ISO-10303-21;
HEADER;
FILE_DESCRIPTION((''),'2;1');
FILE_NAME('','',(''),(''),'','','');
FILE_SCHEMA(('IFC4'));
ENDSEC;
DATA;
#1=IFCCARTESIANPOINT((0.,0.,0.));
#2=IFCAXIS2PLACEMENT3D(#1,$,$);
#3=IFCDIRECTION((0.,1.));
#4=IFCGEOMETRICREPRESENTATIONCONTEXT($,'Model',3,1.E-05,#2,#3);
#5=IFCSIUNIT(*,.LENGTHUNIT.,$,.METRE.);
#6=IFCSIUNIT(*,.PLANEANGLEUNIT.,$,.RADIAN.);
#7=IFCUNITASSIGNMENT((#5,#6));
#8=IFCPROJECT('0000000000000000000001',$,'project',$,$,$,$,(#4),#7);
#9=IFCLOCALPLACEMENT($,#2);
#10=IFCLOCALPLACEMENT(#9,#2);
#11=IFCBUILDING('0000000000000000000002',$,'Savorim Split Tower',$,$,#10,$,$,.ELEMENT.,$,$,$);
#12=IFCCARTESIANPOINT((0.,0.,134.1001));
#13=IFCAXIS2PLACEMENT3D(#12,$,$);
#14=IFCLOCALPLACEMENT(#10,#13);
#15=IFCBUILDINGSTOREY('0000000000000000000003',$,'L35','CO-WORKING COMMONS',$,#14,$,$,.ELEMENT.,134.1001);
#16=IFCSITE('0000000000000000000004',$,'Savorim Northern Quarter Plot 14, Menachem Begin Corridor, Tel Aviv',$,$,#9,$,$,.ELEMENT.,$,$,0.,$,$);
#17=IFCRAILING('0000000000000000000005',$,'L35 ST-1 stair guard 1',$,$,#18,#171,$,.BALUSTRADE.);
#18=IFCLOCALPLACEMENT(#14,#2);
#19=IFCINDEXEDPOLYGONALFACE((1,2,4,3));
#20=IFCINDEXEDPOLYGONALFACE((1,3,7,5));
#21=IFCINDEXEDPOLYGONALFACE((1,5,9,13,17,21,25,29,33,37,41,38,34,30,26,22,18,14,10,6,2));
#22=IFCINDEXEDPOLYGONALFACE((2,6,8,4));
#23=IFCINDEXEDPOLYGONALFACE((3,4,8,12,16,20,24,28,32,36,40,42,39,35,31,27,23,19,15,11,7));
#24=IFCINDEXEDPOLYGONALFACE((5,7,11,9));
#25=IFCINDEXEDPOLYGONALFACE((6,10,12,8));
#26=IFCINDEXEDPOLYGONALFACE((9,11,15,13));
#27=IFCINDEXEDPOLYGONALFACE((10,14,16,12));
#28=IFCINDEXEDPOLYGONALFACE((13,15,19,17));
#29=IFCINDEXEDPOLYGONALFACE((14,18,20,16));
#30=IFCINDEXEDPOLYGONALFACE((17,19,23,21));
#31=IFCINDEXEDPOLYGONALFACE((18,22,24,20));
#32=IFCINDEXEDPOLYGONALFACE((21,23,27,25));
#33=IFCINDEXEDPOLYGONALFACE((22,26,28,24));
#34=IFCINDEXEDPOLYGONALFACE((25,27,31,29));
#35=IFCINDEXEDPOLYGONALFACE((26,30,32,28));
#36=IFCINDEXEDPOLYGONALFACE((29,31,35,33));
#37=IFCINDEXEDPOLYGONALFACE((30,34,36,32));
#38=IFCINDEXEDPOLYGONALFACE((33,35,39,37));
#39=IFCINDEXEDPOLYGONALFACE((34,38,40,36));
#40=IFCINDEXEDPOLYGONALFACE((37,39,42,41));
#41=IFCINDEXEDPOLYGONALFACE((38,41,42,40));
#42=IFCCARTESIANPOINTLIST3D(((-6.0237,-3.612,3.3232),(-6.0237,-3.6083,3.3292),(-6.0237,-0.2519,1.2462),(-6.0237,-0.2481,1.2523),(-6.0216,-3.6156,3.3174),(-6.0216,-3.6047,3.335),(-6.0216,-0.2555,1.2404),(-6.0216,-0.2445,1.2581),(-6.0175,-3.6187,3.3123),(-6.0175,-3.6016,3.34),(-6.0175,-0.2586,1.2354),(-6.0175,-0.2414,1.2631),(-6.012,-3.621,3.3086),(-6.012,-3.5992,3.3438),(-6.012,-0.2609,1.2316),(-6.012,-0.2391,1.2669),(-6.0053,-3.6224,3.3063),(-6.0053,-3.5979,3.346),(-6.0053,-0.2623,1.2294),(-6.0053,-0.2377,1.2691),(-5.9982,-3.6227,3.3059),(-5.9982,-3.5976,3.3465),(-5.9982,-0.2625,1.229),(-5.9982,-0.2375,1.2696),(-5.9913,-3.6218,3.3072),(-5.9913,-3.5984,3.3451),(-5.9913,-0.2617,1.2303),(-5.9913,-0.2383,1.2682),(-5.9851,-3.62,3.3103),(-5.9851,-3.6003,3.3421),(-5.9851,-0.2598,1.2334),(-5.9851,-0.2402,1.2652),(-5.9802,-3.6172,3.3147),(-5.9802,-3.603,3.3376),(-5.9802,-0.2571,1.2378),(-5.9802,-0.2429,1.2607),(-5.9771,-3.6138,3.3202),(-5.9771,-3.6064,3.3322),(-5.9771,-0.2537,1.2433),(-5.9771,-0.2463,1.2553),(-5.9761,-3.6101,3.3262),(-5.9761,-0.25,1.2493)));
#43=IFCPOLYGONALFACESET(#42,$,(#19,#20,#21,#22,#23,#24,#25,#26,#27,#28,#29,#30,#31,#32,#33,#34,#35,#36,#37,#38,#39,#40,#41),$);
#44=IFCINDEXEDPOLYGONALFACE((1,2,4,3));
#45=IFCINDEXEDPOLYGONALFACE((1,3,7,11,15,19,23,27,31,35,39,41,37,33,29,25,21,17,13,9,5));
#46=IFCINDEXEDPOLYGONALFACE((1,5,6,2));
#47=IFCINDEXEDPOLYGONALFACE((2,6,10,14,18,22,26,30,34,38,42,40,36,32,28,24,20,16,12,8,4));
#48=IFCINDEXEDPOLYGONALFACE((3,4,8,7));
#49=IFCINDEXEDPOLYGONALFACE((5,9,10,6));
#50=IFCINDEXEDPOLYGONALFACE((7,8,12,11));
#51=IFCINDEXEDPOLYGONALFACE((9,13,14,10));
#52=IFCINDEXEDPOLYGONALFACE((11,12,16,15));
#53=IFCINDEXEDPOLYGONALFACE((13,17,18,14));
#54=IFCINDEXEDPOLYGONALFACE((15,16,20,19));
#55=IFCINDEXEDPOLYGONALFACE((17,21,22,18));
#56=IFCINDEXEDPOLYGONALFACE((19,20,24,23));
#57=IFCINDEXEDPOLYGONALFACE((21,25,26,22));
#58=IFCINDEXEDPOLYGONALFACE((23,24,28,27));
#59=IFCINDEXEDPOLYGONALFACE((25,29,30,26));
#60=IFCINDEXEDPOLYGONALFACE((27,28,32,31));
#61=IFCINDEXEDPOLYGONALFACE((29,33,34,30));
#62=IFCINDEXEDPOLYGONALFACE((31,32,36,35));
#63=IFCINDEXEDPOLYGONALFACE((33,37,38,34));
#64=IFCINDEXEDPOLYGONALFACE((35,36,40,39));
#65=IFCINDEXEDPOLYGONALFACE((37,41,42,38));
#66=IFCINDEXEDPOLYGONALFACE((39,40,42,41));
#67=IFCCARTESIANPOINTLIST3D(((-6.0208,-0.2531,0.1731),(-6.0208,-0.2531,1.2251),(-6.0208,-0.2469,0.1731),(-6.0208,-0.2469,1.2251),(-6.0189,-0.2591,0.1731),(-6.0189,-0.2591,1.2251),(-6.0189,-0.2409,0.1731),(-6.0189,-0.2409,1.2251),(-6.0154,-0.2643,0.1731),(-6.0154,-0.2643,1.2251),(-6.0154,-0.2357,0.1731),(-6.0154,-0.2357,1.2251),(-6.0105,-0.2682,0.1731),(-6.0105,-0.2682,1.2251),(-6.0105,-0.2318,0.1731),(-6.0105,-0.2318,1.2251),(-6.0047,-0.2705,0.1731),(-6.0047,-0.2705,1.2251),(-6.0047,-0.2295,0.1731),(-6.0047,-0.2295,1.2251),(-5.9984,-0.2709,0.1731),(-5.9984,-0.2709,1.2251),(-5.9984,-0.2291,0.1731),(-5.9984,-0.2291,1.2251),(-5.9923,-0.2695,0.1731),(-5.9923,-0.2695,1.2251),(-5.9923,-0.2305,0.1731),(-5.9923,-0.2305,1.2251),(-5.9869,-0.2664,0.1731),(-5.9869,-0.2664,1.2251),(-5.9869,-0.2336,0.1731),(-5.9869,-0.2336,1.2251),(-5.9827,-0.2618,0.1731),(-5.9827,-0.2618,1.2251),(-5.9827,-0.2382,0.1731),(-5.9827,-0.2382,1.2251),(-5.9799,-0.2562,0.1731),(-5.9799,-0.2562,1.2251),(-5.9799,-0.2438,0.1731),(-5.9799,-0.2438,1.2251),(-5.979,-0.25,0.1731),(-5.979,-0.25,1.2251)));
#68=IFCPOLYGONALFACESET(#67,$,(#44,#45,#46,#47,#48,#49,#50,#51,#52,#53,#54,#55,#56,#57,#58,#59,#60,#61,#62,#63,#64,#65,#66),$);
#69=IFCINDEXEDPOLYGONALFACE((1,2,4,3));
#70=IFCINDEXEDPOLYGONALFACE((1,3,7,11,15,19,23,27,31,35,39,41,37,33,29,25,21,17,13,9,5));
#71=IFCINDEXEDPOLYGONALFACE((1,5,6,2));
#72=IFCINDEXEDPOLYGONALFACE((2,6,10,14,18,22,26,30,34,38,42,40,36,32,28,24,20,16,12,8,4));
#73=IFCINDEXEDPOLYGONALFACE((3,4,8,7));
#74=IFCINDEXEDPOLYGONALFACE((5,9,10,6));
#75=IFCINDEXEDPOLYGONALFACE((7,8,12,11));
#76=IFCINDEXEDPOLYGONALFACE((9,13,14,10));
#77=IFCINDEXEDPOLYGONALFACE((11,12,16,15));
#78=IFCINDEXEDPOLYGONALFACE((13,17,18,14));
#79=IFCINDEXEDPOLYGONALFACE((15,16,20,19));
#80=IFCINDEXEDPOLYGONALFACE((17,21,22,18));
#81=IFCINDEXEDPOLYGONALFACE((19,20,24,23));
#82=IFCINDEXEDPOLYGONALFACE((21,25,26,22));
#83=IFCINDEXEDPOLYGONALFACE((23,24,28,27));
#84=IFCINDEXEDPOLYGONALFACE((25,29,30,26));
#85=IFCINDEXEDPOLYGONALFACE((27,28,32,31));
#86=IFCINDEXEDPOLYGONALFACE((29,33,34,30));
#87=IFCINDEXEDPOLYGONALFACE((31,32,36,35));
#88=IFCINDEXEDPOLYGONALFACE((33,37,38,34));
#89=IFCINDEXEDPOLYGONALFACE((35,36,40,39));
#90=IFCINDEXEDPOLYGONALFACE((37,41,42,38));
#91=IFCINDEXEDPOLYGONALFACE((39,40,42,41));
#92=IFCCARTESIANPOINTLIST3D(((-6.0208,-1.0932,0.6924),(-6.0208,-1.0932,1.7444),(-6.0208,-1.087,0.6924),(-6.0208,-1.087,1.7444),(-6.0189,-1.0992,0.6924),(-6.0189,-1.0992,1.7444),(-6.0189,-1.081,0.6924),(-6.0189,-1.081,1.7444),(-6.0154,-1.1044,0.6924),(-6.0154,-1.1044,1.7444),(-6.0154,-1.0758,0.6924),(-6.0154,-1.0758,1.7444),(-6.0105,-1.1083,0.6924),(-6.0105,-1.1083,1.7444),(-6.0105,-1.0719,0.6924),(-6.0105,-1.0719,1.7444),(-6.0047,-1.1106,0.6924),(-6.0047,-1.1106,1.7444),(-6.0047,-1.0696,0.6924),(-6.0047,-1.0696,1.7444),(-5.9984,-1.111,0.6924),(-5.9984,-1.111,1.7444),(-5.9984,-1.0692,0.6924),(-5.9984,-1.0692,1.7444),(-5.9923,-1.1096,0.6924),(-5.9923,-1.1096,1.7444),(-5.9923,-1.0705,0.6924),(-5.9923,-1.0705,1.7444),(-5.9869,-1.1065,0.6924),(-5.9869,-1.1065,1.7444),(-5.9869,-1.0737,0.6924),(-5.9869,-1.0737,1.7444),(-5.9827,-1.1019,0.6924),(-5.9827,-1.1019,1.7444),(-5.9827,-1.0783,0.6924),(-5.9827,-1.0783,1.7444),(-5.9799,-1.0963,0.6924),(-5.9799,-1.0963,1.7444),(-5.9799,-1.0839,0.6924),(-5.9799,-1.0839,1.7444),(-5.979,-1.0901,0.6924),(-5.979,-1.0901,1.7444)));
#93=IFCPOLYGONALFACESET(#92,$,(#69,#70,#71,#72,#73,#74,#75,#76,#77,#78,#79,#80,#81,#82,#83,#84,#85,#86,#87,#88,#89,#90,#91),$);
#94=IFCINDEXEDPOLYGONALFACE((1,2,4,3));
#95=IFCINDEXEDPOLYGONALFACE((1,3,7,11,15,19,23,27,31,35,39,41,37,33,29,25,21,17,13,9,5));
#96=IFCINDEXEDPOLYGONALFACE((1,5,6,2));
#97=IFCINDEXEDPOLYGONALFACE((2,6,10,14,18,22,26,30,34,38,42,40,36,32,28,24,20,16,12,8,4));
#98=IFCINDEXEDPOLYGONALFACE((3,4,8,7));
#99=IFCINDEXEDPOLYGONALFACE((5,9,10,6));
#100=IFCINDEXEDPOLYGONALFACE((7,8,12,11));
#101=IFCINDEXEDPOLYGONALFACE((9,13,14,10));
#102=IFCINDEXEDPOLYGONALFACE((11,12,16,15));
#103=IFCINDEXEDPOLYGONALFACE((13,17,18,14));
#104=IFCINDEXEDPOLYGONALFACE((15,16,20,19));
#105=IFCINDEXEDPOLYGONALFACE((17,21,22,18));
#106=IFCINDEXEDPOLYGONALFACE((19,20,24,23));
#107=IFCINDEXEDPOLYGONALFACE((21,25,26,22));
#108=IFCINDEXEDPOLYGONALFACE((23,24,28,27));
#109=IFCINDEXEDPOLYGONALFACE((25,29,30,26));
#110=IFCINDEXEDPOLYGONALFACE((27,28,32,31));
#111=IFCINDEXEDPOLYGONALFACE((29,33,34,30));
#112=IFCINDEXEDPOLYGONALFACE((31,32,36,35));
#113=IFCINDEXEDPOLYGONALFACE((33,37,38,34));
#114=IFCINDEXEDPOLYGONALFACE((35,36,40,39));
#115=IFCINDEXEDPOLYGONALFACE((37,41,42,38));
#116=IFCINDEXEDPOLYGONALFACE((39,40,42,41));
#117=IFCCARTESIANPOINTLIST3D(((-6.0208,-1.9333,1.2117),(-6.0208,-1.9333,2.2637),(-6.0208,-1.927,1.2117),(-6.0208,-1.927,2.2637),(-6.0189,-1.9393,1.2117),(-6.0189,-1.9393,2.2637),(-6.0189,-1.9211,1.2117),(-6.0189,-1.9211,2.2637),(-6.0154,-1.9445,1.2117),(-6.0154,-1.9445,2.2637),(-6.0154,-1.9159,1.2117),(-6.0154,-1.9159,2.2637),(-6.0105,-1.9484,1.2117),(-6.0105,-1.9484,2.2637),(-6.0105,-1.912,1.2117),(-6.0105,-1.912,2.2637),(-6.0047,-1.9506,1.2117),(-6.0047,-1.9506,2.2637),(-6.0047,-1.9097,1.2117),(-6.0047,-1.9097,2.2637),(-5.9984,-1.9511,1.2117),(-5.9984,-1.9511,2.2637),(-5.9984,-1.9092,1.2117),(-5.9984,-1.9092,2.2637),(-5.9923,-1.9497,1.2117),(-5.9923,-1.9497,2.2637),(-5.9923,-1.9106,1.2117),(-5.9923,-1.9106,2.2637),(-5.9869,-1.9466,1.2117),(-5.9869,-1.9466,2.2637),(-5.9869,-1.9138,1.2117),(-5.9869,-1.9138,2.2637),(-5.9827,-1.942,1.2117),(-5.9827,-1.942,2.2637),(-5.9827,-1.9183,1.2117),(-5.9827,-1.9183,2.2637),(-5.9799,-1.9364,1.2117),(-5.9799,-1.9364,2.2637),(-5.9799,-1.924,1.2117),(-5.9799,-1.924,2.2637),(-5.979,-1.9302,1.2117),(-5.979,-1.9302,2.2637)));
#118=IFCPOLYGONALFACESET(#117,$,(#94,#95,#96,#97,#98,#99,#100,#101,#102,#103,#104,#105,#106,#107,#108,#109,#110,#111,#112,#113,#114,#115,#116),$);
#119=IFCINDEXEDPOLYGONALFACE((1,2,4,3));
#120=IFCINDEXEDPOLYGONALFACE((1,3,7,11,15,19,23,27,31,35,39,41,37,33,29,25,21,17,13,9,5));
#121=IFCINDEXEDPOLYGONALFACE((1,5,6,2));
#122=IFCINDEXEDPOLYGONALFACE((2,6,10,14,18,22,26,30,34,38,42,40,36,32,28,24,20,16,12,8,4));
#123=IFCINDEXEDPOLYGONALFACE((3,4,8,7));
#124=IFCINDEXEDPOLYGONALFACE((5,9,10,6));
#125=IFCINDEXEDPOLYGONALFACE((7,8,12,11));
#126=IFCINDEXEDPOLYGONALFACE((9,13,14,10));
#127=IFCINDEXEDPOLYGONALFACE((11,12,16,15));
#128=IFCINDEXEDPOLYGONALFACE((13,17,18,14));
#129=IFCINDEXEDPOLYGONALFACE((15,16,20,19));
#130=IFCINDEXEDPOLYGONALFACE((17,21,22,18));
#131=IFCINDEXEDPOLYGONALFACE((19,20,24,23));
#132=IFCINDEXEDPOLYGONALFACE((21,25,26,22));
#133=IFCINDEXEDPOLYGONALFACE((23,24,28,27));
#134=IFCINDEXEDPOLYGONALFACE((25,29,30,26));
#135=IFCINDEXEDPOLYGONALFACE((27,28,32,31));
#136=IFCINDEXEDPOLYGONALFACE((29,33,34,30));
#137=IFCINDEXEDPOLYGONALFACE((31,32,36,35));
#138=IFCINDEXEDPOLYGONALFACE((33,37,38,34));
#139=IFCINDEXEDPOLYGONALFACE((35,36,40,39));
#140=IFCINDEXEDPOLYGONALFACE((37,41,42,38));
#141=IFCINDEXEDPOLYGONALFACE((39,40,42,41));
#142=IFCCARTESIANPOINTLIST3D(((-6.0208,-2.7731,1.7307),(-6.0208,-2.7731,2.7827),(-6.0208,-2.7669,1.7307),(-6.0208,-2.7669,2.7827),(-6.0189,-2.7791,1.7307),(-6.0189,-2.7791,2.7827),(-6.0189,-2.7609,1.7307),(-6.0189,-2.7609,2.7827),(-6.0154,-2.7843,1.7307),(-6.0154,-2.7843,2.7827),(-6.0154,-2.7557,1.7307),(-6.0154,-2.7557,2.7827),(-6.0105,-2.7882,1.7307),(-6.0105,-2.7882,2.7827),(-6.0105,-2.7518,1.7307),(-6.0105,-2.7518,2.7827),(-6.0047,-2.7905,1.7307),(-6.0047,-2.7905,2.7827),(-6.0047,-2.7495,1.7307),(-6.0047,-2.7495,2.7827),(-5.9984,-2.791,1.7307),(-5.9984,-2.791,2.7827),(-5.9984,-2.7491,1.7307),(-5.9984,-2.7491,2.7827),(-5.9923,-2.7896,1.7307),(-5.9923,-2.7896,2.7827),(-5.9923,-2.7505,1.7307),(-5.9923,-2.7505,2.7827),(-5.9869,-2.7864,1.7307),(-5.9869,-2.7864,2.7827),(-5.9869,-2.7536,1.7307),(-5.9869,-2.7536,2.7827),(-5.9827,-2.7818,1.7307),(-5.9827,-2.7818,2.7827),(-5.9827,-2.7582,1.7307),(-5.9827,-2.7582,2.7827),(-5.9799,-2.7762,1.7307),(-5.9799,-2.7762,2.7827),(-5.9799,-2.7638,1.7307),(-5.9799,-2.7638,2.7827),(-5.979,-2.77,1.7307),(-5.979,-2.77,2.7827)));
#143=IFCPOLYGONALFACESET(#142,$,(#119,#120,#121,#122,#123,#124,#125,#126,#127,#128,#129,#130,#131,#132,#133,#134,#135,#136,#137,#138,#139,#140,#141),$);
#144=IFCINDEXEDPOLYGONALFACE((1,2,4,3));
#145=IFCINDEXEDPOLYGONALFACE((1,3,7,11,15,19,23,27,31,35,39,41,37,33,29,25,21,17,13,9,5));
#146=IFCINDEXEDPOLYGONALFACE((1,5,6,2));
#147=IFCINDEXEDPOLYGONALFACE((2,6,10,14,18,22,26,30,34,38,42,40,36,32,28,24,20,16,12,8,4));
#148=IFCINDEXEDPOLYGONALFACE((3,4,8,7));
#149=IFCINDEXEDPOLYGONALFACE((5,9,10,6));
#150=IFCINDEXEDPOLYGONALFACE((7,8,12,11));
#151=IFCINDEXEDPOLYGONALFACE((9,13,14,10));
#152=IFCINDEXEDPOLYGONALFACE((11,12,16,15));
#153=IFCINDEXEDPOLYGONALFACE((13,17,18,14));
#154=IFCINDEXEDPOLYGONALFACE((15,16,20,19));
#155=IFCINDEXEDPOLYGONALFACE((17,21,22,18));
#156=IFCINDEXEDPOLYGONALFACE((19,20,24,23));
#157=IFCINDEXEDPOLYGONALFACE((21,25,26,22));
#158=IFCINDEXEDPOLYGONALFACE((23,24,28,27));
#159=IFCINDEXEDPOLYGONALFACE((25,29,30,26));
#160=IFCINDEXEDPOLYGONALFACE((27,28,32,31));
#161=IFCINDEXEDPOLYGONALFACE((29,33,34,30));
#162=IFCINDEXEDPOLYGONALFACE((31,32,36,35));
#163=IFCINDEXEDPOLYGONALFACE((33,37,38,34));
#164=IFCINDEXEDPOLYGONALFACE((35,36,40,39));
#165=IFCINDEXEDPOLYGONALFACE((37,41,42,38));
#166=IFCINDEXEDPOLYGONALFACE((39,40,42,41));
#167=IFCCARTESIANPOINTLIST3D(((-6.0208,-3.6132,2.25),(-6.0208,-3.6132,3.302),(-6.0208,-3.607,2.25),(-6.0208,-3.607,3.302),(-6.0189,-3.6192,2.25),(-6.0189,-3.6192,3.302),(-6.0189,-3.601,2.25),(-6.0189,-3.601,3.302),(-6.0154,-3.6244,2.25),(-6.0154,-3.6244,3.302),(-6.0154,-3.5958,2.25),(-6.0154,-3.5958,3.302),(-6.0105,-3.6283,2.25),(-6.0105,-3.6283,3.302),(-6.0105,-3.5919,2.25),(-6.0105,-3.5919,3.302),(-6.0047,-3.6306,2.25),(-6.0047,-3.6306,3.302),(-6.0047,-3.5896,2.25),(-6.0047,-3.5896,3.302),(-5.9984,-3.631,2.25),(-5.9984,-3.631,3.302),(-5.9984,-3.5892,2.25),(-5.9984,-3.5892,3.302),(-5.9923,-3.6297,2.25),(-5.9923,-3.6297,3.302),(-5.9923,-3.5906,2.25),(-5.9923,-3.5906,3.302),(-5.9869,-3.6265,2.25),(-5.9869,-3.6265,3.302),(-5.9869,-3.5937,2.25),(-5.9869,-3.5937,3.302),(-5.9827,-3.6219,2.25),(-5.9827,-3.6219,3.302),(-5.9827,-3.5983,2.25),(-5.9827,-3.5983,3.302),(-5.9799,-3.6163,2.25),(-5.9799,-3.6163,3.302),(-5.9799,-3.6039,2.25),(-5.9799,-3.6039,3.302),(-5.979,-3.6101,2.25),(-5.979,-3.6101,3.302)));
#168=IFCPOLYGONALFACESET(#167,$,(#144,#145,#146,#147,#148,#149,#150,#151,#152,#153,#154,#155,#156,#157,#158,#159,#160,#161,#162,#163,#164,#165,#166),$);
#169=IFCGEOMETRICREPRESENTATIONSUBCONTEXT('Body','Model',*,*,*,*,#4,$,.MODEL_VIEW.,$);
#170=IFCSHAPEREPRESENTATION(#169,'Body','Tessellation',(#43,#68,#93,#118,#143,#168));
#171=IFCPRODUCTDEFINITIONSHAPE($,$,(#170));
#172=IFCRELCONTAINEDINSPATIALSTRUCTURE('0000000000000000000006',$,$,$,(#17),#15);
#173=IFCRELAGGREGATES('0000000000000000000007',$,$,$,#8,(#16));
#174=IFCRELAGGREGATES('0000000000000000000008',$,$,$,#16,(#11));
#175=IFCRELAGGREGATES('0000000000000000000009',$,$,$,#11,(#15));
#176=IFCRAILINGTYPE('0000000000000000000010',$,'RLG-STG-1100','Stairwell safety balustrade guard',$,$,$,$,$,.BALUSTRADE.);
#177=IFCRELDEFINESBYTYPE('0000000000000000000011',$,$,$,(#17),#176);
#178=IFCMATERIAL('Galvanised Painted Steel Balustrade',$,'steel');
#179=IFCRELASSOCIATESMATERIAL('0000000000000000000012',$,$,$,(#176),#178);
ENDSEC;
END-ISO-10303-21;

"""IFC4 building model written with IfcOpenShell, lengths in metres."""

from ifc_helpers import new_model, si_unit, direction, frame, origin, origin_2d, place, context, subcontext, project, spatial, circle, extrude, material, type_object, element, save


model = new_model("IFC4")

# Units and contexts
model_context = context("Model", 3, precision=1e-05, world=origin(), true_north=direction((0.0, 1.0)))
body_context = subcontext(model_context, "Body", "Model", "MODEL_VIEW")
ifc_project = project(units=[si_unit("LENGTHUNIT", "METRE"), si_unit("PLANEANGLEUNIT", "RADIAN")], contexts=[model_context])

# Site, building, storey
site_placement = place(None, origin())
site = spatial("IfcSite", under=ifc_project, at=site_placement, Name="Savorim Northern Quarter Plot 14, Menachem Begin Corridor, Tel Aviv", CompositionType="ELEMENT", RefElevation=0.0)
building_placement = place(site_placement, origin())
building = spatial("IfcBuilding", under=site, at=building_placement, Name="Savorim Split Tower", CompositionType="ELEMENT")
storey_placement = place(building_placement, frame((0.0, 0.0, 134.1001)))
storey = spatial("IfcBuildingStorey", under=building, at=storey_placement, Name="L35", Description="CO-WORKING COMMONS", CompositionType="ELEMENT", Elevation=134.1001)

# Railing
ifc_material_1 = material(Name="Galvanised Painted Steel Balustrade", Category="steel")
railing_type_1 = type_object("IfcRailingType", Name="RLG-STG-1100", Description="Stairwell safety balustrade guard", PredefinedType="BALUSTRADE", material=ifc_material_1)
railing_1_placement = place(storey_placement, frame((-6.0, -0.25, 0.1731)))
element("IfcRailing", 1, at=railing_1_placement, inside=storey, type_object=railing_type_1, Name="L35 ST-1 stair guard 1", PredefinedType="BALUSTRADE", context=body_context, shape_type="SweptSolid", body=[
    extrude(circle(Radius=0.0239, at=origin_2d()), frame((0.0, 0.0, 1.0762), z_axis=(0.0, -0.850623, 0.525776), x_axis=(1.0, 0.0, 0.0)), (0.0, 0.0, 1.0), 3.9502),
    extrude(circle(Radius=0.021, at=origin_2d()), origin(), (0.0, 0.0, 1.0), 1.052),
    extrude(circle(Radius=0.021, at=origin_2d()), frame((0.0, -0.8401, 0.5193)), (0.0, 0.0, 1.0), 1.052),
    extrude(circle(Radius=0.021, at=origin_2d()), frame((0.0, -1.6802, 1.0386)), (0.0, 0.0, 1.0), 1.052),
    extrude(circle(Radius=0.021, at=origin_2d()), frame((0.0, -2.52, 1.5576)), (0.0, 0.0, 1.0), 1.052),
    extrude(circle(Radius=0.021, at=origin_2d()), frame((0.0, -3.3601, 2.0769)), (0.0, 0.0, 1.0), 1.052),
])

save(model, "model.ifc")
